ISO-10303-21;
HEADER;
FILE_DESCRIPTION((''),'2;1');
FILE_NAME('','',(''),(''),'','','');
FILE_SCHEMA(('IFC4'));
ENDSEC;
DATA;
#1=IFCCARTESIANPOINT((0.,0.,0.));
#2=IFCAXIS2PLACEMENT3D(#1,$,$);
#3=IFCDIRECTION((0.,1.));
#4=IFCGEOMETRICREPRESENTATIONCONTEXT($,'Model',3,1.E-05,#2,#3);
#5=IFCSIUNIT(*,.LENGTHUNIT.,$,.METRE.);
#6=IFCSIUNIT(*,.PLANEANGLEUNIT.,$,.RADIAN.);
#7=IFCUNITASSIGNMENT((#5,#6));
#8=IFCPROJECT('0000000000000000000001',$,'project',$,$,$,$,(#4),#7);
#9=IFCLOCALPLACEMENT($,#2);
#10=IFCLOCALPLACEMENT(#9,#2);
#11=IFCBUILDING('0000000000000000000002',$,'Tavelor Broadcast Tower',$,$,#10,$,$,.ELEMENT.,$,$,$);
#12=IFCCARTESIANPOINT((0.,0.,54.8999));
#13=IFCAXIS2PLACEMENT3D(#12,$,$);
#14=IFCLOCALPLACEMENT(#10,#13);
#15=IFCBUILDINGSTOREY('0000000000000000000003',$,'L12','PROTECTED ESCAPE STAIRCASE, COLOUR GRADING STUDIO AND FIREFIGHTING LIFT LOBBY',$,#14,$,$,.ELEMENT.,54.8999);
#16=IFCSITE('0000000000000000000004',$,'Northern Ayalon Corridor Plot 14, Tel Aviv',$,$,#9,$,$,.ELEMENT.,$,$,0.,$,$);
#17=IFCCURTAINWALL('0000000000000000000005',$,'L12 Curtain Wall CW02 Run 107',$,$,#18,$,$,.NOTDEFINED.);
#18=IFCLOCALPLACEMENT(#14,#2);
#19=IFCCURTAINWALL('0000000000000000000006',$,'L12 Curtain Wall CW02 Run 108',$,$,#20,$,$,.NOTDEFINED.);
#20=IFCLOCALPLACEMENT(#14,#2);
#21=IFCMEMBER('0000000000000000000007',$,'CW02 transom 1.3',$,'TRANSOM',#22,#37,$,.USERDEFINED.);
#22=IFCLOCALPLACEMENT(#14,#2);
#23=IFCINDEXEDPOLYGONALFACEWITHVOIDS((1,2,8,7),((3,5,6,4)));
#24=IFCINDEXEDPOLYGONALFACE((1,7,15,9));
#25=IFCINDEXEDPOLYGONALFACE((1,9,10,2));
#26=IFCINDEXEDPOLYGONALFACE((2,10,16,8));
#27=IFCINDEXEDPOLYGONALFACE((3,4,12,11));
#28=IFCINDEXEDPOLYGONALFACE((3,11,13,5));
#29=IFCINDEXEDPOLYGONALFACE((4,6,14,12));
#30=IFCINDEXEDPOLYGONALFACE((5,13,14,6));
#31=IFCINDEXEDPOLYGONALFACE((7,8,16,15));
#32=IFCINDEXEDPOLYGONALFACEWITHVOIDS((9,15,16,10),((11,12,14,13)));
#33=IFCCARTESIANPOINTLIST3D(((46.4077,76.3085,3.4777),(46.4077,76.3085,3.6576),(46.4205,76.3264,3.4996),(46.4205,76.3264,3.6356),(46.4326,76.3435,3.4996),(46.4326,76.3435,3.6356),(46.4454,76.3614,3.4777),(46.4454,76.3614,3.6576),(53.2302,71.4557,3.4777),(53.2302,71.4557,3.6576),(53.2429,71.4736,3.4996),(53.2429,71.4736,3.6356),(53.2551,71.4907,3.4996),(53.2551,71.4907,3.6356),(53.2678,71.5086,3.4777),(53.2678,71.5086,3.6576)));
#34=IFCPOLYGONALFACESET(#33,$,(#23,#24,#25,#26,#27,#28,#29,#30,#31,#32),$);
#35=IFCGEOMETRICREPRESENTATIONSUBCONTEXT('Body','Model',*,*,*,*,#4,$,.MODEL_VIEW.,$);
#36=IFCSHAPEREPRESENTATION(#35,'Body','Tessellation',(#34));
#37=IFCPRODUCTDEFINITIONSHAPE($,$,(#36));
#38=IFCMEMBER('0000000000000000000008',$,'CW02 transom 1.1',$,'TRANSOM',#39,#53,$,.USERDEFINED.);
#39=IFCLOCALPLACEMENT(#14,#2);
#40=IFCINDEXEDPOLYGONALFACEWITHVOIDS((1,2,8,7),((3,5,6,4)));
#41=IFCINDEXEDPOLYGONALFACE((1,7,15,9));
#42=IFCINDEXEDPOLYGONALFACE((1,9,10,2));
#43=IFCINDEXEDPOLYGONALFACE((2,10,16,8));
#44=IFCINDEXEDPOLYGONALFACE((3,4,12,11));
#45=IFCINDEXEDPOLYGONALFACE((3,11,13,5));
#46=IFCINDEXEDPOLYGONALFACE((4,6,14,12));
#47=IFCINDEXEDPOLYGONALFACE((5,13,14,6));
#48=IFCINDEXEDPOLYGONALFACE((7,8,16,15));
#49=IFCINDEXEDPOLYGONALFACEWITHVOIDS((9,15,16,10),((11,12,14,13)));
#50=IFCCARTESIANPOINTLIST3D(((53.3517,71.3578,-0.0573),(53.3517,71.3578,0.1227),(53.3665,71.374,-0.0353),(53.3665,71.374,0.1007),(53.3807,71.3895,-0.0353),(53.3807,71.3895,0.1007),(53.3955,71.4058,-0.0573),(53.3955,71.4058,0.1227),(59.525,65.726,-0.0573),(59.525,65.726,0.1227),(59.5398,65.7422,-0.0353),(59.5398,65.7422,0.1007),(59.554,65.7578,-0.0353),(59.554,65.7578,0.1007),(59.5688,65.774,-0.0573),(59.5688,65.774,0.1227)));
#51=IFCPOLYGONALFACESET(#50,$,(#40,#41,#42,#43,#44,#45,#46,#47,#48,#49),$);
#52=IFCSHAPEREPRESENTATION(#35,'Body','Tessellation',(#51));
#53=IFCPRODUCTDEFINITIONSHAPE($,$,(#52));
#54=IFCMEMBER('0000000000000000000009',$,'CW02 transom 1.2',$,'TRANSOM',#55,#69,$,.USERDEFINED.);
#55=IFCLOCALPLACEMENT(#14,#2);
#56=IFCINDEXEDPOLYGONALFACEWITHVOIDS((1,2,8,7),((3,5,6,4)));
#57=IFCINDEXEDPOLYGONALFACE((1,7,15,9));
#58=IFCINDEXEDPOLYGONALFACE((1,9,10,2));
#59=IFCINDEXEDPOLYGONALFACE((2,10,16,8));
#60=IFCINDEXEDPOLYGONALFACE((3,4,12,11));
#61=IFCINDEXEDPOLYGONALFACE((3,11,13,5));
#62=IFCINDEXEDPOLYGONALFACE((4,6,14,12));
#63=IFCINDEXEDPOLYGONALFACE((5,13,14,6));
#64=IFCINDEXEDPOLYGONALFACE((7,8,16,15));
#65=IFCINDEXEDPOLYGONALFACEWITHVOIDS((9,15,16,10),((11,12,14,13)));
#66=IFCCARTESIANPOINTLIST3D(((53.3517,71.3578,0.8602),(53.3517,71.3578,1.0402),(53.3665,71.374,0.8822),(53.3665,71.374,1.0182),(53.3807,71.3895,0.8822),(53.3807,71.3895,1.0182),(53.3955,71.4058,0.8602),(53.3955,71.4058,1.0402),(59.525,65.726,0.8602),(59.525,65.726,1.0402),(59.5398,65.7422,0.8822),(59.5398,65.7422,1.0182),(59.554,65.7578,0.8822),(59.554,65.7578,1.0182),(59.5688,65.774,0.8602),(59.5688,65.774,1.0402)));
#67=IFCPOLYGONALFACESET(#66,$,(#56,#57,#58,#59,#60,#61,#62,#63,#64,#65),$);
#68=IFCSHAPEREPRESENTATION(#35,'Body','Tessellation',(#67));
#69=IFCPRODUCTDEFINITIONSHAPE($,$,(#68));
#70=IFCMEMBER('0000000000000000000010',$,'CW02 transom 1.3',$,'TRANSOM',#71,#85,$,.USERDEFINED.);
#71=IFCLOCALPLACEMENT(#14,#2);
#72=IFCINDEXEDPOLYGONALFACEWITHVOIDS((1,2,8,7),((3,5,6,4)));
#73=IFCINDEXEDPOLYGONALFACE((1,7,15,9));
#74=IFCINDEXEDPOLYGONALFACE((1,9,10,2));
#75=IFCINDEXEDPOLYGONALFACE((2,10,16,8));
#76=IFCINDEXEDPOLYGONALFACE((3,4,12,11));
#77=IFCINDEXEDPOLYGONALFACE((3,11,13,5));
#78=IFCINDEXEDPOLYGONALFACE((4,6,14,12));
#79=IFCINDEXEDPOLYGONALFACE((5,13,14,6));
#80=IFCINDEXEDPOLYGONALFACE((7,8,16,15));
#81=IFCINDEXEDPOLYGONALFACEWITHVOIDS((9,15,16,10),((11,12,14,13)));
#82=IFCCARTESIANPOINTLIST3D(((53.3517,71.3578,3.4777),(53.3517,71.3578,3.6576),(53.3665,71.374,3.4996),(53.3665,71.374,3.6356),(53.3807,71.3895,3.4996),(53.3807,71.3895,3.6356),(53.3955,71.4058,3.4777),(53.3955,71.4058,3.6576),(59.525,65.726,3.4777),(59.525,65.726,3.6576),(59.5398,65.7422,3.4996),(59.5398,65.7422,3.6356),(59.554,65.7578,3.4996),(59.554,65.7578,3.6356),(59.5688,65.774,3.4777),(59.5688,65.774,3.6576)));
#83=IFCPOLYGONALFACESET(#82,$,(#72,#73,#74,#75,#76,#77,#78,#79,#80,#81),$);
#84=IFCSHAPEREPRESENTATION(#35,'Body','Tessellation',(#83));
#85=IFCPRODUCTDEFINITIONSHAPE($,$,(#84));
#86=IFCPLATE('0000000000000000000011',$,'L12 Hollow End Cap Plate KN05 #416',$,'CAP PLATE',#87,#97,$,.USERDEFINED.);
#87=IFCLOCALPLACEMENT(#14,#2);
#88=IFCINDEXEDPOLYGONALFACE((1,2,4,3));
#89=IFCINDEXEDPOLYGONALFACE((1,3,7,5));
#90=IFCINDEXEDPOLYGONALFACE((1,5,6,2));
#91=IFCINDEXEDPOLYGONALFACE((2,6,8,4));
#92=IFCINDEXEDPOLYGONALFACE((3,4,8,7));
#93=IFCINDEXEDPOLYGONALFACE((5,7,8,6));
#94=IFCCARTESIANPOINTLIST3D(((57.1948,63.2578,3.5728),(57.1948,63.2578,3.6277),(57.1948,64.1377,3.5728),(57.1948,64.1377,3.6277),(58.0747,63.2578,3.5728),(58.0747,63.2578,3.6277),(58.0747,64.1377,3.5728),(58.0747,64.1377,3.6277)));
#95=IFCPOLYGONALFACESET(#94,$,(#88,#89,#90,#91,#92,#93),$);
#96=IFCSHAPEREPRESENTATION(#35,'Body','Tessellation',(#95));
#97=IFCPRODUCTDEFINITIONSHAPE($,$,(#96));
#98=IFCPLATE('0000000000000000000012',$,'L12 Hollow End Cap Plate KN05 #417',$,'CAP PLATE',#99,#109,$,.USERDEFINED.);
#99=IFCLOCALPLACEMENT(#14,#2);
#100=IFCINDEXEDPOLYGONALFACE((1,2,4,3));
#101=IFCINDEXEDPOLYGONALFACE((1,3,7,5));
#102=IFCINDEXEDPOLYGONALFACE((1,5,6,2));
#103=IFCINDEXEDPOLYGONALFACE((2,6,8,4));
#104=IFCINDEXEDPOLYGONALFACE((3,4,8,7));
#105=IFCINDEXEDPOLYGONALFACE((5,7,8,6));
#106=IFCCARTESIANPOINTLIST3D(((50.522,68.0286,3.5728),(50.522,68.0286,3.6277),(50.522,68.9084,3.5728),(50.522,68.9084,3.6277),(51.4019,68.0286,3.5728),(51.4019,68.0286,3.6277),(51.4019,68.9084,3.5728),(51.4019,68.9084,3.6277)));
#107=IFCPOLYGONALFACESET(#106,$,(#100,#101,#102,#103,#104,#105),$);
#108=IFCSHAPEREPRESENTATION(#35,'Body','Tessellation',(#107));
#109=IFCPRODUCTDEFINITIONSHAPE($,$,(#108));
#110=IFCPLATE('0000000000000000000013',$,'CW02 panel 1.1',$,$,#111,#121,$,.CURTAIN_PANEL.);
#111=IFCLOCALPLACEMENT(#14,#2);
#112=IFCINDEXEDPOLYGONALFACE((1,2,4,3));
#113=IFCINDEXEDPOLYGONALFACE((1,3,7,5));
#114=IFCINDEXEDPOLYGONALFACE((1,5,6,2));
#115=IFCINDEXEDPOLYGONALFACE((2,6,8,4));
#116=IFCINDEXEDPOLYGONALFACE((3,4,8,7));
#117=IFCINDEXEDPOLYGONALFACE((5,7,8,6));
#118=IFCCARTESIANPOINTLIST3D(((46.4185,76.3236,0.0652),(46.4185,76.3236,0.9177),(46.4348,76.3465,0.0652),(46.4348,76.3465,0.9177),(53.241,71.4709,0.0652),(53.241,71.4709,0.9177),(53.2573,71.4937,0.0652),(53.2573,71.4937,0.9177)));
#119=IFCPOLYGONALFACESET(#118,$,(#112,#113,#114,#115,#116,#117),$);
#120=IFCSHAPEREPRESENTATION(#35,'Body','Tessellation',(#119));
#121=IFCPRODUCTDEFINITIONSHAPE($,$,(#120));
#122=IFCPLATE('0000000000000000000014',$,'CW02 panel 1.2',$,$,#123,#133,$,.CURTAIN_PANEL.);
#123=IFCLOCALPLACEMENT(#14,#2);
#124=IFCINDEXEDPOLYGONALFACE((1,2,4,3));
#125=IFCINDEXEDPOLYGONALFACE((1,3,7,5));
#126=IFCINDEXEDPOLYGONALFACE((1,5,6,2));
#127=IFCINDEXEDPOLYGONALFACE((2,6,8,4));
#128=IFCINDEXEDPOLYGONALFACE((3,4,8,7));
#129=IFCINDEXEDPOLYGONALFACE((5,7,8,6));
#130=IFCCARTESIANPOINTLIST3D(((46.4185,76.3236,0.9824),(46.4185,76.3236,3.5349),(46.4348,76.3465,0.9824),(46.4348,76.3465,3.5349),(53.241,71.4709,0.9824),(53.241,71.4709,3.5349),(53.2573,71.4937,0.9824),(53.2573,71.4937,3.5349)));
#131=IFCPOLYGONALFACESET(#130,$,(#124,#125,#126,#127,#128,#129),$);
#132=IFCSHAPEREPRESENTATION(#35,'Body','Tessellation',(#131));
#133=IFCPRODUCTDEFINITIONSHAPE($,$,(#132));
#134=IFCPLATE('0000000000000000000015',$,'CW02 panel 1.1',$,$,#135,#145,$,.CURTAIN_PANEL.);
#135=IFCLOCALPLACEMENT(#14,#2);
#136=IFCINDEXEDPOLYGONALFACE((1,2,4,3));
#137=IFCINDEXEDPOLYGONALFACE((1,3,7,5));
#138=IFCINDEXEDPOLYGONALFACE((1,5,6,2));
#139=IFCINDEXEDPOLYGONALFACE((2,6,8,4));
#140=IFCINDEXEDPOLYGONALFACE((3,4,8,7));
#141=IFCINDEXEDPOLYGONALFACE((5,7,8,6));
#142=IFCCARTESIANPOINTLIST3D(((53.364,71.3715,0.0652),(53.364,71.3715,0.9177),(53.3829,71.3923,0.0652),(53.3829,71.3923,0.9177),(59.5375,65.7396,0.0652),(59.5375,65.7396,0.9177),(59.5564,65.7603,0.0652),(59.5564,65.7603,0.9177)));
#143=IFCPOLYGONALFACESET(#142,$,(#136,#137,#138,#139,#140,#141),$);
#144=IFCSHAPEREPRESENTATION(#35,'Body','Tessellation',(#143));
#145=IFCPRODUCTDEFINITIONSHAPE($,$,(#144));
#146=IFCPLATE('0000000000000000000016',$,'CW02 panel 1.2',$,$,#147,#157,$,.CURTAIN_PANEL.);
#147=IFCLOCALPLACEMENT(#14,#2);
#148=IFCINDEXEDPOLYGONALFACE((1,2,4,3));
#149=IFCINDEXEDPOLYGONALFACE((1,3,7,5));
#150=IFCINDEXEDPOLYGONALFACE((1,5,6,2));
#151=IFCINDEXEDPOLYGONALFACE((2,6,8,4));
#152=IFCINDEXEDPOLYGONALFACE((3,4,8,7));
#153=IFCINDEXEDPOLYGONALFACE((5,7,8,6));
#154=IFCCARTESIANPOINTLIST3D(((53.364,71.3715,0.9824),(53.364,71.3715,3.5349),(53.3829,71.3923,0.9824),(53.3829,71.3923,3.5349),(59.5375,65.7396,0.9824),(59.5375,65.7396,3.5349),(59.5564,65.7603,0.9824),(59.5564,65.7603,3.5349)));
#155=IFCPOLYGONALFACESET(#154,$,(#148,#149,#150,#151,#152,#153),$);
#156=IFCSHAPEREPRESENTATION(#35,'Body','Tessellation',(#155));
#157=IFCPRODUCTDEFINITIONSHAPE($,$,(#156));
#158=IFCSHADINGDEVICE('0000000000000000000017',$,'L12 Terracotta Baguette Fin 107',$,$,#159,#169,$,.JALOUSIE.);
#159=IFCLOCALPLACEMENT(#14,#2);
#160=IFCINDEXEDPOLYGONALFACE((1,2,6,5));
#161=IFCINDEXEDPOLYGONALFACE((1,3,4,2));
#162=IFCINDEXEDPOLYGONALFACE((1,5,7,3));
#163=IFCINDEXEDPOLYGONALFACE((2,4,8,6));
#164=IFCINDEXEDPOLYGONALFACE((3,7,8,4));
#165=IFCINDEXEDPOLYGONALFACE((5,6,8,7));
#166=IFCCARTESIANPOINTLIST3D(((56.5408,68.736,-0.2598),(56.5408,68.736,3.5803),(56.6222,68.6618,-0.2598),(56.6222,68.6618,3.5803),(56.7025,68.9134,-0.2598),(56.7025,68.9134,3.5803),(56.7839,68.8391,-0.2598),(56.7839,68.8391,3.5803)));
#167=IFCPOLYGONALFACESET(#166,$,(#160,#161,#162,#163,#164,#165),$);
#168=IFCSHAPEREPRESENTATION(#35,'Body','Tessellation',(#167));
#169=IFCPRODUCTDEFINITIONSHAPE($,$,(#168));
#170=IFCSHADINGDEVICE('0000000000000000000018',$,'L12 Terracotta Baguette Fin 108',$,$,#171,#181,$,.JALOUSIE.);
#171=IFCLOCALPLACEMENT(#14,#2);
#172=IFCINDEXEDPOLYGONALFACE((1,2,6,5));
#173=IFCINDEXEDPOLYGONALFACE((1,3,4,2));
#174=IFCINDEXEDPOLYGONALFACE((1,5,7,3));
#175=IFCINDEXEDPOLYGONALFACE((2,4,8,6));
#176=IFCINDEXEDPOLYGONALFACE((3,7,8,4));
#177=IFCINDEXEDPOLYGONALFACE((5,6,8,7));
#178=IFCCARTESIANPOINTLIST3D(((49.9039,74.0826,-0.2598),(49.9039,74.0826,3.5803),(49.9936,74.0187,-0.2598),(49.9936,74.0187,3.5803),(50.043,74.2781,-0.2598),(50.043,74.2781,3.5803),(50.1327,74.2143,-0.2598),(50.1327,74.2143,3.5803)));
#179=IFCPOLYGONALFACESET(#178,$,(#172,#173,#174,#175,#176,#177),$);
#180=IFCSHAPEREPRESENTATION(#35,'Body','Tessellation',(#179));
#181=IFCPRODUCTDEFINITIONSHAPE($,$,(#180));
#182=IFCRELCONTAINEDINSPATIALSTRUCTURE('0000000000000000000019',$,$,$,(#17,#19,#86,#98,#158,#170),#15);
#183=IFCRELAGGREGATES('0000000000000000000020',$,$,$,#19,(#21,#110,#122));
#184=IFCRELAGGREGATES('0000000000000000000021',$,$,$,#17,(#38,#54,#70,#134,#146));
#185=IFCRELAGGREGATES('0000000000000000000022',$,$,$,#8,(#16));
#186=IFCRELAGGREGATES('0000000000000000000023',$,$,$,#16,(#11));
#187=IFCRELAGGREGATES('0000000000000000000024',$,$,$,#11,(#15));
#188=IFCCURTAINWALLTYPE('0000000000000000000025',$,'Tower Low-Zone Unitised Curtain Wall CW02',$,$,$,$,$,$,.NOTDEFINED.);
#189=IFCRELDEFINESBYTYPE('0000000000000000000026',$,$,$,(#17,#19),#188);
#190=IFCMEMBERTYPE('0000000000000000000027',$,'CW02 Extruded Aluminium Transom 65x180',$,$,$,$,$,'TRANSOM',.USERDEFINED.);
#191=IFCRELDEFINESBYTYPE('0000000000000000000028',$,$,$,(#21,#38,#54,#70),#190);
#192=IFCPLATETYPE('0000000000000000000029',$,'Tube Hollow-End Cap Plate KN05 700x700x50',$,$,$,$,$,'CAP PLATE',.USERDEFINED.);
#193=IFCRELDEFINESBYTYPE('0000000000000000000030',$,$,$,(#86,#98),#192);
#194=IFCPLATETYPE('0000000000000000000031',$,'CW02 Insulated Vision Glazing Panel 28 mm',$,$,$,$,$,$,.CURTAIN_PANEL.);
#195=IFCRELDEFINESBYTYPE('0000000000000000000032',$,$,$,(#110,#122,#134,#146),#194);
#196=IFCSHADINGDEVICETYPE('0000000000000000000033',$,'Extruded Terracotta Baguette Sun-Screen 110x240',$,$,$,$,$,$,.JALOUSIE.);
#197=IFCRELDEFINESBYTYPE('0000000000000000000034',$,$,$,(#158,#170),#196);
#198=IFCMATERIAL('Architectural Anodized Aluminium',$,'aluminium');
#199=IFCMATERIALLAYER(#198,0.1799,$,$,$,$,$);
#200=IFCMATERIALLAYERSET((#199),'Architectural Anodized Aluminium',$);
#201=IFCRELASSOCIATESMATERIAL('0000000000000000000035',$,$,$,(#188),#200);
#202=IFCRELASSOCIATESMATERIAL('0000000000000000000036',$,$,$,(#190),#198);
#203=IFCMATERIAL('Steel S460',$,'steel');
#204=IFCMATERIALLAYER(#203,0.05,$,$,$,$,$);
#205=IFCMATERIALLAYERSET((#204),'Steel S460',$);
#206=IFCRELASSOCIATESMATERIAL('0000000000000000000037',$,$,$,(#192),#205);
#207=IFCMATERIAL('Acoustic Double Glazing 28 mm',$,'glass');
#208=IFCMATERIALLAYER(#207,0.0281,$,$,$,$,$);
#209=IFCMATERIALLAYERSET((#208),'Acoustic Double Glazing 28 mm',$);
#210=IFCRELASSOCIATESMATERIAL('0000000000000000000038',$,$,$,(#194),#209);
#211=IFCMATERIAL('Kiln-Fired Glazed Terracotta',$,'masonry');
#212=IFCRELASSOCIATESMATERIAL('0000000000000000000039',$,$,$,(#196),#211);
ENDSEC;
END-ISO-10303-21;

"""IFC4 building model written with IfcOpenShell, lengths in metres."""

from ifc_helpers import new_model, si_unit, direction, frame, origin, origin_2d, place, context, subcontext, project, spatial, rectangle, hollow_rectangle, extrude, source, transform, mapped, material, layer, layer_set, material_profile, profile_set, type_object, type_shapes, element, aggregate, save


model = new_model("IFC4")

# Units and contexts
model_context = context("Model", 3, precision=1e-05, world=origin(), true_north=direction((0.0, 1.0)))
body_context = subcontext(model_context, "Body", "Model", "MODEL_VIEW")
ifc_project = project(units=[si_unit("LENGTHUNIT", "METRE"), si_unit("PLANEANGLEUNIT", "RADIAN")], contexts=[model_context])

# Site, building, storey
site_placement = place(None, origin())
site = spatial("IfcSite", under=ifc_project, at=site_placement, Name="Northern Ayalon Corridor Plot 14, Tel Aviv", CompositionType="ELEMENT", RefElevation=0.0)
building_placement = place(site_placement, origin())
building = spatial("IfcBuilding", under=site, at=building_placement, Name="Tavelor Broadcast Tower", CompositionType="ELEMENT")
storey_placement = place(building_placement, frame((0.0, 0.0, 54.8999)))
storey = spatial("IfcBuildingStorey", under=building, at=storey_placement, Name="L12", Description="PROTECTED ESCAPE STAIRCASE, COLOUR GRADING STUDIO AND FIREFIGHTING LIFT LOBBY", CompositionType="ELEMENT", Elevation=54.8999)

# Shared definitions
ifc_material_1 = material(Name="Steel S460", Category="steel")

# Shared definitions
ifc_material_2 = material(Name="Architectural Anodized Aluminium", Category="aluminium")
ifc_layer_1 = layer(ifc_material_2, 0.1799)
ifc_layer_set_1 = layer_set([ifc_layer_1], Name="Architectural Anodized Aluminium")
curtain_wall_type = type_object("IfcCurtainWallType", Name="Tower Low-Zone Unitised Curtain Wall CW02", PredefinedType="NOTDEFINED", material=ifc_layer_set_1)

# Curtain walls, member
curtain_wall_1_placement = place(storey_placement, origin())
curtain_wall_1 = element("IfcCurtainWall", 1, at=curtain_wall_1_placement, inside=storey, type_object=curtain_wall_type, Name="L12 Curtain Wall CW02 Run 107", PredefinedType="NOTDEFINED")
curtain_wall_2_placement = place(storey_placement, origin())
curtain_wall_2 = element("IfcCurtainWall", 2, at=curtain_wall_2_placement, inside=storey, type_object=curtain_wall_type, Name="L12 Curtain Wall CW02 Run 108", PredefinedType="NOTDEFINED")
ifc_material_profile_1 = material_profile(ifc_material_2, hollow_rectangle(XDim=0.0649, YDim=0.1799, WallThickness=0.022, at=origin_2d()), Name="RHS 65x180x22")
ifc_profile_set_1 = profile_set([ifc_material_profile_1], Name="Architectural Anodized Aluminium")
member_type_1 = type_object("IfcMemberType", Name="CW02 Extruded Aluminium Transom 65x180", ElementType="TRANSOM", PredefinedType="USERDEFINED", material=ifc_profile_set_1)
shared_shape_1 = source(origin(), body_context, "Body", "SweptSolid", [
    extrude(hollow_rectangle(XDim=0.0649, YDim=0.1799, WallThickness=0.022, at=origin_2d()), origin(), (0.0, 0.0, 1.0), 8.3723),
])
member_1_placement = place(storey_placement, frame((53.249, 71.4822, 3.5676), z_axis=(-0.814886, 0.579621, 0.0), x_axis=(-0.579621, -0.814886, 0.0)))
member_1 = element("IfcMember", 3, at=member_1_placement, type_object=member_type_1, Name="CW02 transom 1.3", ObjectType="TRANSOM", PredefinedType="USERDEFINED", context=body_context, shape_type="MappedRepresentation", body=[
    mapped(shared_shape_1, transform((0.0, 0.0, 0.0), scale=1.0)),
])

# Members
shared_shape_2 = source(origin(), body_context, "Body", "SweptSolid", [
    extrude(hollow_rectangle(XDim=0.0649, YDim=0.1799, WallThickness=0.022, at=origin_2d()), origin(), (0.0, 0.0, 1.0), 8.3562),
])
type_shapes(member_type_1, [shared_shape_1, shared_shape_2])
member_2_placement = place(storey_placement, frame((59.5469, 65.75, 0.0327), z_axis=(-0.738765, 0.673963, 0.0), x_axis=(-0.673963, -0.738765, 0.0)))
member_2 = element("IfcMember", 4, at=member_2_placement, type_object=member_type_1, Name="CW02 transom 1.1", ObjectType="TRANSOM", PredefinedType="USERDEFINED", context=body_context, shape_type="MappedRepresentation", body=[
    mapped(shared_shape_2, transform((0.0, 0.0, 0.0), scale=1.0)),
])
member_3_placement = place(storey_placement, frame((59.5469, 65.75, 0.9502), z_axis=(-0.738765, 0.673963, 0.0), x_axis=(-0.673963, -0.738765, 0.0)))
member_3 = element("IfcMember", 5, at=member_3_placement, type_object=member_type_1, Name="CW02 transom 1.2", ObjectType="TRANSOM", PredefinedType="USERDEFINED", context=body_context, shape_type="MappedRepresentation", body=[
    mapped(shared_shape_2, transform((0.0, 0.0, 0.0), scale=1.0)),
])
member_4_placement = place(storey_placement, frame((59.5469, 65.75, 3.5676), z_axis=(-0.738765, 0.673963, 0.0), x_axis=(-0.673963, -0.738765, 0.0)))
member_4 = element("IfcMember", 6, at=member_4_placement, type_object=member_type_1, Name="CW02 transom 1.3", ObjectType="TRANSOM", PredefinedType="USERDEFINED", context=body_context, shape_type="MappedRepresentation", body=[
    mapped(shared_shape_2, transform((0.0, 0.0, 0.0), scale=1.0)),
])

# Plates
ifc_layer_2 = layer(ifc_material_1, 0.05)
ifc_layer_set_2 = layer_set([ifc_layer_2], Name="Steel S460")
plate_type_1 = type_object("IfcPlateType", Name="Tube Hollow-End Cap Plate KN05 700x700x50", ElementType="CAP PLATE", PredefinedType="USERDEFINED", material=ifc_layer_set_2)
shared_shape_3 = source(origin(), body_context, "Body", "SweptSolid", [
    extrude(rectangle(XDim=0.8799, YDim=0.8799, at=origin_2d()), origin(), (0.0, 0.0, 1.0), 0.0549),
])
type_shapes(plate_type_1, [shared_shape_3])
for number, where, z_axis, x_axis, name in (
    (7, (57.6348, 63.6978, 3.5728), (0.0, 0.0, 1.0), (1.0, 0.0, 0.0), "L12 Hollow End Cap Plate KN05 #416"),
    (8, (50.9619, 68.4685, 3.5728), (0.0, 0.0, 1.0), (1.0, 0.0, 0.0), "L12 Hollow End Cap Plate KN05 #417"),
):
    element("IfcPlate", number, at=place(storey_placement, frame(where, z_axis=z_axis, x_axis=x_axis)), inside=storey, type_object=plate_type_1, Name=name, ObjectType="CAP PLATE", PredefinedType="USERDEFINED", context=body_context, shape_type="MappedRepresentation", body=[
        mapped(shared_shape_3, transform((0.0, 0.0, 0.0), scale=1.0)),
    ])

# Plates
ifc_material_3 = material(Name="Acoustic Double Glazing 28 mm", Category="glass")
ifc_layer_3 = layer(ifc_material_3, 0.0281)
ifc_layer_set_3 = layer_set([ifc_layer_3], Name="Acoustic Double Glazing 28 mm")
plate_type_2 = type_object("IfcPlateType", Name="CW02 Insulated Vision Glazing Panel 28 mm", PredefinedType="CURTAIN_PANEL", material=ifc_layer_set_3)
shared_shape_4 = source(origin(), body_context, "Body", "SweptSolid", [
    extrude(rectangle(XDim=8.3723, YDim=0.0281, at=origin_2d()), origin(), (0.0, 0.0, 1.0), 0.8525),
])
plate_1_placement = place(storey_placement, frame((49.8379, 73.9087, 0.0652), z_axis=(0.0, 0.0, 1.0), x_axis=(-0.814885, 0.579623, 0.0)))
plate_1 = element("IfcPlate", 9, at=plate_1_placement, type_object=plate_type_2, Name="CW02 panel 1.1", PredefinedType="CURTAIN_PANEL", context=body_context, shape_type="MappedRepresentation", body=[
    mapped(shared_shape_4, transform((0.0, 0.0, 0.0), scale=1.0)),
])
shared_shape_5 = source(origin(), body_context, "Body", "SweptSolid", [
    extrude(rectangle(XDim=8.3723, YDim=0.0281, at=origin_2d()), origin(), (0.0, 0.0, 1.0), 2.5525),
])
plate_2_placement = place(storey_placement, frame((49.8379, 73.9087, 0.9824), z_axis=(0.0, 0.0, 1.0), x_axis=(-0.814885, 0.579623, 0.0)))
plate_2 = element("IfcPlate", 10, at=plate_2_placement, type_object=plate_type_2, Name="CW02 panel 1.2", PredefinedType="CURTAIN_PANEL", context=body_context, shape_type="MappedRepresentation", body=[
    mapped(shared_shape_5, transform((0.0, 0.0, 0.0), scale=1.0)),
])
aggregate(curtain_wall_2, [member_1, plate_1, plate_2])
shared_shape_6 = source(origin(), body_context, "Body", "SweptSolid", [
    extrude(rectangle(XDim=8.3564, YDim=0.0281, at=origin_2d()), origin(), (0.0, 0.0, 1.0), 0.8525),
])
plate_3_placement = place(storey_placement, frame((56.4602, 68.5659, 0.0652), z_axis=(0.0, 0.0, 1.0), x_axis=(-0.738763, 0.673965, 0.0)))
plate_3 = element("IfcPlate", 11, at=plate_3_placement, type_object=plate_type_2, Name="CW02 panel 1.1", PredefinedType="CURTAIN_PANEL", context=body_context, shape_type="MappedRepresentation", body=[
    mapped(shared_shape_6, transform((0.0, 0.0, 0.0), scale=1.0)),
])
shared_shape_7 = source(origin(), body_context, "Body", "SweptSolid", [
    extrude(rectangle(XDim=8.3564, YDim=0.0281, at=origin_2d()), origin(), (0.0, 0.0, 1.0), 2.5525),
])
type_shapes(plate_type_2, [shared_shape_4, shared_shape_5, shared_shape_6, shared_shape_7])
plate_4_placement = place(storey_placement, frame((56.4602, 68.5659, 0.9824), z_axis=(0.0, 0.0, 1.0), x_axis=(-0.738763, 0.673965, 0.0)))
plate_4 = element("IfcPlate", 12, at=plate_4_placement, type_object=plate_type_2, Name="CW02 panel 1.2", PredefinedType="CURTAIN_PANEL", context=body_context, shape_type="MappedRepresentation", body=[
    mapped(shared_shape_7, transform((0.0, 0.0, 0.0), scale=1.0)),
])
aggregate(curtain_wall_1, [member_2, member_3, member_4, plate_3, plate_4])

# Shading devices
ifc_material_4 = material(Name="Kiln-Fired Glazed Terracotta", Category="masonry")
shading_device_type = type_object("IfcShadingDeviceType", Name="Extruded Terracotta Baguette Sun-Screen 110x240", PredefinedType="JALOUSIE", material=ifc_material_4)
shared_shape_8 = source(origin(), body_context, "Body", "SweptSolid", [
    extrude(rectangle(XDim=0.1101, YDim=0.24, at=origin_2d()), origin(), (0.0, 0.0, 1.0), 3.8401),
])
type_shapes(shading_device_type, [shared_shape_8])
for number, where, z_axis, x_axis, name in (
    (13, (56.6624, 68.7876, -0.2598), (0.0, 0.0, 1.0), (-0.738808, 0.673916, 0.0), "L12 Terracotta Baguette Fin 107"),
    (14, (50.0183, 74.1484, -0.2598), (0.0, 0.0, 1.0), (-0.814926, 0.579566, 0.0), "L12 Terracotta Baguette Fin 108"),
):
    element("IfcShadingDevice", number, at=place(storey_placement, frame(where, z_axis=z_axis, x_axis=x_axis)), inside=storey, type_object=shading_device_type, Name=name, PredefinedType="JALOUSIE", context=body_context, shape_type="MappedRepresentation", body=[
        mapped(shared_shape_8, transform((0.0, 0.0, 0.0), scale=1.0)),
    ])

save(model, "model.ifc")
